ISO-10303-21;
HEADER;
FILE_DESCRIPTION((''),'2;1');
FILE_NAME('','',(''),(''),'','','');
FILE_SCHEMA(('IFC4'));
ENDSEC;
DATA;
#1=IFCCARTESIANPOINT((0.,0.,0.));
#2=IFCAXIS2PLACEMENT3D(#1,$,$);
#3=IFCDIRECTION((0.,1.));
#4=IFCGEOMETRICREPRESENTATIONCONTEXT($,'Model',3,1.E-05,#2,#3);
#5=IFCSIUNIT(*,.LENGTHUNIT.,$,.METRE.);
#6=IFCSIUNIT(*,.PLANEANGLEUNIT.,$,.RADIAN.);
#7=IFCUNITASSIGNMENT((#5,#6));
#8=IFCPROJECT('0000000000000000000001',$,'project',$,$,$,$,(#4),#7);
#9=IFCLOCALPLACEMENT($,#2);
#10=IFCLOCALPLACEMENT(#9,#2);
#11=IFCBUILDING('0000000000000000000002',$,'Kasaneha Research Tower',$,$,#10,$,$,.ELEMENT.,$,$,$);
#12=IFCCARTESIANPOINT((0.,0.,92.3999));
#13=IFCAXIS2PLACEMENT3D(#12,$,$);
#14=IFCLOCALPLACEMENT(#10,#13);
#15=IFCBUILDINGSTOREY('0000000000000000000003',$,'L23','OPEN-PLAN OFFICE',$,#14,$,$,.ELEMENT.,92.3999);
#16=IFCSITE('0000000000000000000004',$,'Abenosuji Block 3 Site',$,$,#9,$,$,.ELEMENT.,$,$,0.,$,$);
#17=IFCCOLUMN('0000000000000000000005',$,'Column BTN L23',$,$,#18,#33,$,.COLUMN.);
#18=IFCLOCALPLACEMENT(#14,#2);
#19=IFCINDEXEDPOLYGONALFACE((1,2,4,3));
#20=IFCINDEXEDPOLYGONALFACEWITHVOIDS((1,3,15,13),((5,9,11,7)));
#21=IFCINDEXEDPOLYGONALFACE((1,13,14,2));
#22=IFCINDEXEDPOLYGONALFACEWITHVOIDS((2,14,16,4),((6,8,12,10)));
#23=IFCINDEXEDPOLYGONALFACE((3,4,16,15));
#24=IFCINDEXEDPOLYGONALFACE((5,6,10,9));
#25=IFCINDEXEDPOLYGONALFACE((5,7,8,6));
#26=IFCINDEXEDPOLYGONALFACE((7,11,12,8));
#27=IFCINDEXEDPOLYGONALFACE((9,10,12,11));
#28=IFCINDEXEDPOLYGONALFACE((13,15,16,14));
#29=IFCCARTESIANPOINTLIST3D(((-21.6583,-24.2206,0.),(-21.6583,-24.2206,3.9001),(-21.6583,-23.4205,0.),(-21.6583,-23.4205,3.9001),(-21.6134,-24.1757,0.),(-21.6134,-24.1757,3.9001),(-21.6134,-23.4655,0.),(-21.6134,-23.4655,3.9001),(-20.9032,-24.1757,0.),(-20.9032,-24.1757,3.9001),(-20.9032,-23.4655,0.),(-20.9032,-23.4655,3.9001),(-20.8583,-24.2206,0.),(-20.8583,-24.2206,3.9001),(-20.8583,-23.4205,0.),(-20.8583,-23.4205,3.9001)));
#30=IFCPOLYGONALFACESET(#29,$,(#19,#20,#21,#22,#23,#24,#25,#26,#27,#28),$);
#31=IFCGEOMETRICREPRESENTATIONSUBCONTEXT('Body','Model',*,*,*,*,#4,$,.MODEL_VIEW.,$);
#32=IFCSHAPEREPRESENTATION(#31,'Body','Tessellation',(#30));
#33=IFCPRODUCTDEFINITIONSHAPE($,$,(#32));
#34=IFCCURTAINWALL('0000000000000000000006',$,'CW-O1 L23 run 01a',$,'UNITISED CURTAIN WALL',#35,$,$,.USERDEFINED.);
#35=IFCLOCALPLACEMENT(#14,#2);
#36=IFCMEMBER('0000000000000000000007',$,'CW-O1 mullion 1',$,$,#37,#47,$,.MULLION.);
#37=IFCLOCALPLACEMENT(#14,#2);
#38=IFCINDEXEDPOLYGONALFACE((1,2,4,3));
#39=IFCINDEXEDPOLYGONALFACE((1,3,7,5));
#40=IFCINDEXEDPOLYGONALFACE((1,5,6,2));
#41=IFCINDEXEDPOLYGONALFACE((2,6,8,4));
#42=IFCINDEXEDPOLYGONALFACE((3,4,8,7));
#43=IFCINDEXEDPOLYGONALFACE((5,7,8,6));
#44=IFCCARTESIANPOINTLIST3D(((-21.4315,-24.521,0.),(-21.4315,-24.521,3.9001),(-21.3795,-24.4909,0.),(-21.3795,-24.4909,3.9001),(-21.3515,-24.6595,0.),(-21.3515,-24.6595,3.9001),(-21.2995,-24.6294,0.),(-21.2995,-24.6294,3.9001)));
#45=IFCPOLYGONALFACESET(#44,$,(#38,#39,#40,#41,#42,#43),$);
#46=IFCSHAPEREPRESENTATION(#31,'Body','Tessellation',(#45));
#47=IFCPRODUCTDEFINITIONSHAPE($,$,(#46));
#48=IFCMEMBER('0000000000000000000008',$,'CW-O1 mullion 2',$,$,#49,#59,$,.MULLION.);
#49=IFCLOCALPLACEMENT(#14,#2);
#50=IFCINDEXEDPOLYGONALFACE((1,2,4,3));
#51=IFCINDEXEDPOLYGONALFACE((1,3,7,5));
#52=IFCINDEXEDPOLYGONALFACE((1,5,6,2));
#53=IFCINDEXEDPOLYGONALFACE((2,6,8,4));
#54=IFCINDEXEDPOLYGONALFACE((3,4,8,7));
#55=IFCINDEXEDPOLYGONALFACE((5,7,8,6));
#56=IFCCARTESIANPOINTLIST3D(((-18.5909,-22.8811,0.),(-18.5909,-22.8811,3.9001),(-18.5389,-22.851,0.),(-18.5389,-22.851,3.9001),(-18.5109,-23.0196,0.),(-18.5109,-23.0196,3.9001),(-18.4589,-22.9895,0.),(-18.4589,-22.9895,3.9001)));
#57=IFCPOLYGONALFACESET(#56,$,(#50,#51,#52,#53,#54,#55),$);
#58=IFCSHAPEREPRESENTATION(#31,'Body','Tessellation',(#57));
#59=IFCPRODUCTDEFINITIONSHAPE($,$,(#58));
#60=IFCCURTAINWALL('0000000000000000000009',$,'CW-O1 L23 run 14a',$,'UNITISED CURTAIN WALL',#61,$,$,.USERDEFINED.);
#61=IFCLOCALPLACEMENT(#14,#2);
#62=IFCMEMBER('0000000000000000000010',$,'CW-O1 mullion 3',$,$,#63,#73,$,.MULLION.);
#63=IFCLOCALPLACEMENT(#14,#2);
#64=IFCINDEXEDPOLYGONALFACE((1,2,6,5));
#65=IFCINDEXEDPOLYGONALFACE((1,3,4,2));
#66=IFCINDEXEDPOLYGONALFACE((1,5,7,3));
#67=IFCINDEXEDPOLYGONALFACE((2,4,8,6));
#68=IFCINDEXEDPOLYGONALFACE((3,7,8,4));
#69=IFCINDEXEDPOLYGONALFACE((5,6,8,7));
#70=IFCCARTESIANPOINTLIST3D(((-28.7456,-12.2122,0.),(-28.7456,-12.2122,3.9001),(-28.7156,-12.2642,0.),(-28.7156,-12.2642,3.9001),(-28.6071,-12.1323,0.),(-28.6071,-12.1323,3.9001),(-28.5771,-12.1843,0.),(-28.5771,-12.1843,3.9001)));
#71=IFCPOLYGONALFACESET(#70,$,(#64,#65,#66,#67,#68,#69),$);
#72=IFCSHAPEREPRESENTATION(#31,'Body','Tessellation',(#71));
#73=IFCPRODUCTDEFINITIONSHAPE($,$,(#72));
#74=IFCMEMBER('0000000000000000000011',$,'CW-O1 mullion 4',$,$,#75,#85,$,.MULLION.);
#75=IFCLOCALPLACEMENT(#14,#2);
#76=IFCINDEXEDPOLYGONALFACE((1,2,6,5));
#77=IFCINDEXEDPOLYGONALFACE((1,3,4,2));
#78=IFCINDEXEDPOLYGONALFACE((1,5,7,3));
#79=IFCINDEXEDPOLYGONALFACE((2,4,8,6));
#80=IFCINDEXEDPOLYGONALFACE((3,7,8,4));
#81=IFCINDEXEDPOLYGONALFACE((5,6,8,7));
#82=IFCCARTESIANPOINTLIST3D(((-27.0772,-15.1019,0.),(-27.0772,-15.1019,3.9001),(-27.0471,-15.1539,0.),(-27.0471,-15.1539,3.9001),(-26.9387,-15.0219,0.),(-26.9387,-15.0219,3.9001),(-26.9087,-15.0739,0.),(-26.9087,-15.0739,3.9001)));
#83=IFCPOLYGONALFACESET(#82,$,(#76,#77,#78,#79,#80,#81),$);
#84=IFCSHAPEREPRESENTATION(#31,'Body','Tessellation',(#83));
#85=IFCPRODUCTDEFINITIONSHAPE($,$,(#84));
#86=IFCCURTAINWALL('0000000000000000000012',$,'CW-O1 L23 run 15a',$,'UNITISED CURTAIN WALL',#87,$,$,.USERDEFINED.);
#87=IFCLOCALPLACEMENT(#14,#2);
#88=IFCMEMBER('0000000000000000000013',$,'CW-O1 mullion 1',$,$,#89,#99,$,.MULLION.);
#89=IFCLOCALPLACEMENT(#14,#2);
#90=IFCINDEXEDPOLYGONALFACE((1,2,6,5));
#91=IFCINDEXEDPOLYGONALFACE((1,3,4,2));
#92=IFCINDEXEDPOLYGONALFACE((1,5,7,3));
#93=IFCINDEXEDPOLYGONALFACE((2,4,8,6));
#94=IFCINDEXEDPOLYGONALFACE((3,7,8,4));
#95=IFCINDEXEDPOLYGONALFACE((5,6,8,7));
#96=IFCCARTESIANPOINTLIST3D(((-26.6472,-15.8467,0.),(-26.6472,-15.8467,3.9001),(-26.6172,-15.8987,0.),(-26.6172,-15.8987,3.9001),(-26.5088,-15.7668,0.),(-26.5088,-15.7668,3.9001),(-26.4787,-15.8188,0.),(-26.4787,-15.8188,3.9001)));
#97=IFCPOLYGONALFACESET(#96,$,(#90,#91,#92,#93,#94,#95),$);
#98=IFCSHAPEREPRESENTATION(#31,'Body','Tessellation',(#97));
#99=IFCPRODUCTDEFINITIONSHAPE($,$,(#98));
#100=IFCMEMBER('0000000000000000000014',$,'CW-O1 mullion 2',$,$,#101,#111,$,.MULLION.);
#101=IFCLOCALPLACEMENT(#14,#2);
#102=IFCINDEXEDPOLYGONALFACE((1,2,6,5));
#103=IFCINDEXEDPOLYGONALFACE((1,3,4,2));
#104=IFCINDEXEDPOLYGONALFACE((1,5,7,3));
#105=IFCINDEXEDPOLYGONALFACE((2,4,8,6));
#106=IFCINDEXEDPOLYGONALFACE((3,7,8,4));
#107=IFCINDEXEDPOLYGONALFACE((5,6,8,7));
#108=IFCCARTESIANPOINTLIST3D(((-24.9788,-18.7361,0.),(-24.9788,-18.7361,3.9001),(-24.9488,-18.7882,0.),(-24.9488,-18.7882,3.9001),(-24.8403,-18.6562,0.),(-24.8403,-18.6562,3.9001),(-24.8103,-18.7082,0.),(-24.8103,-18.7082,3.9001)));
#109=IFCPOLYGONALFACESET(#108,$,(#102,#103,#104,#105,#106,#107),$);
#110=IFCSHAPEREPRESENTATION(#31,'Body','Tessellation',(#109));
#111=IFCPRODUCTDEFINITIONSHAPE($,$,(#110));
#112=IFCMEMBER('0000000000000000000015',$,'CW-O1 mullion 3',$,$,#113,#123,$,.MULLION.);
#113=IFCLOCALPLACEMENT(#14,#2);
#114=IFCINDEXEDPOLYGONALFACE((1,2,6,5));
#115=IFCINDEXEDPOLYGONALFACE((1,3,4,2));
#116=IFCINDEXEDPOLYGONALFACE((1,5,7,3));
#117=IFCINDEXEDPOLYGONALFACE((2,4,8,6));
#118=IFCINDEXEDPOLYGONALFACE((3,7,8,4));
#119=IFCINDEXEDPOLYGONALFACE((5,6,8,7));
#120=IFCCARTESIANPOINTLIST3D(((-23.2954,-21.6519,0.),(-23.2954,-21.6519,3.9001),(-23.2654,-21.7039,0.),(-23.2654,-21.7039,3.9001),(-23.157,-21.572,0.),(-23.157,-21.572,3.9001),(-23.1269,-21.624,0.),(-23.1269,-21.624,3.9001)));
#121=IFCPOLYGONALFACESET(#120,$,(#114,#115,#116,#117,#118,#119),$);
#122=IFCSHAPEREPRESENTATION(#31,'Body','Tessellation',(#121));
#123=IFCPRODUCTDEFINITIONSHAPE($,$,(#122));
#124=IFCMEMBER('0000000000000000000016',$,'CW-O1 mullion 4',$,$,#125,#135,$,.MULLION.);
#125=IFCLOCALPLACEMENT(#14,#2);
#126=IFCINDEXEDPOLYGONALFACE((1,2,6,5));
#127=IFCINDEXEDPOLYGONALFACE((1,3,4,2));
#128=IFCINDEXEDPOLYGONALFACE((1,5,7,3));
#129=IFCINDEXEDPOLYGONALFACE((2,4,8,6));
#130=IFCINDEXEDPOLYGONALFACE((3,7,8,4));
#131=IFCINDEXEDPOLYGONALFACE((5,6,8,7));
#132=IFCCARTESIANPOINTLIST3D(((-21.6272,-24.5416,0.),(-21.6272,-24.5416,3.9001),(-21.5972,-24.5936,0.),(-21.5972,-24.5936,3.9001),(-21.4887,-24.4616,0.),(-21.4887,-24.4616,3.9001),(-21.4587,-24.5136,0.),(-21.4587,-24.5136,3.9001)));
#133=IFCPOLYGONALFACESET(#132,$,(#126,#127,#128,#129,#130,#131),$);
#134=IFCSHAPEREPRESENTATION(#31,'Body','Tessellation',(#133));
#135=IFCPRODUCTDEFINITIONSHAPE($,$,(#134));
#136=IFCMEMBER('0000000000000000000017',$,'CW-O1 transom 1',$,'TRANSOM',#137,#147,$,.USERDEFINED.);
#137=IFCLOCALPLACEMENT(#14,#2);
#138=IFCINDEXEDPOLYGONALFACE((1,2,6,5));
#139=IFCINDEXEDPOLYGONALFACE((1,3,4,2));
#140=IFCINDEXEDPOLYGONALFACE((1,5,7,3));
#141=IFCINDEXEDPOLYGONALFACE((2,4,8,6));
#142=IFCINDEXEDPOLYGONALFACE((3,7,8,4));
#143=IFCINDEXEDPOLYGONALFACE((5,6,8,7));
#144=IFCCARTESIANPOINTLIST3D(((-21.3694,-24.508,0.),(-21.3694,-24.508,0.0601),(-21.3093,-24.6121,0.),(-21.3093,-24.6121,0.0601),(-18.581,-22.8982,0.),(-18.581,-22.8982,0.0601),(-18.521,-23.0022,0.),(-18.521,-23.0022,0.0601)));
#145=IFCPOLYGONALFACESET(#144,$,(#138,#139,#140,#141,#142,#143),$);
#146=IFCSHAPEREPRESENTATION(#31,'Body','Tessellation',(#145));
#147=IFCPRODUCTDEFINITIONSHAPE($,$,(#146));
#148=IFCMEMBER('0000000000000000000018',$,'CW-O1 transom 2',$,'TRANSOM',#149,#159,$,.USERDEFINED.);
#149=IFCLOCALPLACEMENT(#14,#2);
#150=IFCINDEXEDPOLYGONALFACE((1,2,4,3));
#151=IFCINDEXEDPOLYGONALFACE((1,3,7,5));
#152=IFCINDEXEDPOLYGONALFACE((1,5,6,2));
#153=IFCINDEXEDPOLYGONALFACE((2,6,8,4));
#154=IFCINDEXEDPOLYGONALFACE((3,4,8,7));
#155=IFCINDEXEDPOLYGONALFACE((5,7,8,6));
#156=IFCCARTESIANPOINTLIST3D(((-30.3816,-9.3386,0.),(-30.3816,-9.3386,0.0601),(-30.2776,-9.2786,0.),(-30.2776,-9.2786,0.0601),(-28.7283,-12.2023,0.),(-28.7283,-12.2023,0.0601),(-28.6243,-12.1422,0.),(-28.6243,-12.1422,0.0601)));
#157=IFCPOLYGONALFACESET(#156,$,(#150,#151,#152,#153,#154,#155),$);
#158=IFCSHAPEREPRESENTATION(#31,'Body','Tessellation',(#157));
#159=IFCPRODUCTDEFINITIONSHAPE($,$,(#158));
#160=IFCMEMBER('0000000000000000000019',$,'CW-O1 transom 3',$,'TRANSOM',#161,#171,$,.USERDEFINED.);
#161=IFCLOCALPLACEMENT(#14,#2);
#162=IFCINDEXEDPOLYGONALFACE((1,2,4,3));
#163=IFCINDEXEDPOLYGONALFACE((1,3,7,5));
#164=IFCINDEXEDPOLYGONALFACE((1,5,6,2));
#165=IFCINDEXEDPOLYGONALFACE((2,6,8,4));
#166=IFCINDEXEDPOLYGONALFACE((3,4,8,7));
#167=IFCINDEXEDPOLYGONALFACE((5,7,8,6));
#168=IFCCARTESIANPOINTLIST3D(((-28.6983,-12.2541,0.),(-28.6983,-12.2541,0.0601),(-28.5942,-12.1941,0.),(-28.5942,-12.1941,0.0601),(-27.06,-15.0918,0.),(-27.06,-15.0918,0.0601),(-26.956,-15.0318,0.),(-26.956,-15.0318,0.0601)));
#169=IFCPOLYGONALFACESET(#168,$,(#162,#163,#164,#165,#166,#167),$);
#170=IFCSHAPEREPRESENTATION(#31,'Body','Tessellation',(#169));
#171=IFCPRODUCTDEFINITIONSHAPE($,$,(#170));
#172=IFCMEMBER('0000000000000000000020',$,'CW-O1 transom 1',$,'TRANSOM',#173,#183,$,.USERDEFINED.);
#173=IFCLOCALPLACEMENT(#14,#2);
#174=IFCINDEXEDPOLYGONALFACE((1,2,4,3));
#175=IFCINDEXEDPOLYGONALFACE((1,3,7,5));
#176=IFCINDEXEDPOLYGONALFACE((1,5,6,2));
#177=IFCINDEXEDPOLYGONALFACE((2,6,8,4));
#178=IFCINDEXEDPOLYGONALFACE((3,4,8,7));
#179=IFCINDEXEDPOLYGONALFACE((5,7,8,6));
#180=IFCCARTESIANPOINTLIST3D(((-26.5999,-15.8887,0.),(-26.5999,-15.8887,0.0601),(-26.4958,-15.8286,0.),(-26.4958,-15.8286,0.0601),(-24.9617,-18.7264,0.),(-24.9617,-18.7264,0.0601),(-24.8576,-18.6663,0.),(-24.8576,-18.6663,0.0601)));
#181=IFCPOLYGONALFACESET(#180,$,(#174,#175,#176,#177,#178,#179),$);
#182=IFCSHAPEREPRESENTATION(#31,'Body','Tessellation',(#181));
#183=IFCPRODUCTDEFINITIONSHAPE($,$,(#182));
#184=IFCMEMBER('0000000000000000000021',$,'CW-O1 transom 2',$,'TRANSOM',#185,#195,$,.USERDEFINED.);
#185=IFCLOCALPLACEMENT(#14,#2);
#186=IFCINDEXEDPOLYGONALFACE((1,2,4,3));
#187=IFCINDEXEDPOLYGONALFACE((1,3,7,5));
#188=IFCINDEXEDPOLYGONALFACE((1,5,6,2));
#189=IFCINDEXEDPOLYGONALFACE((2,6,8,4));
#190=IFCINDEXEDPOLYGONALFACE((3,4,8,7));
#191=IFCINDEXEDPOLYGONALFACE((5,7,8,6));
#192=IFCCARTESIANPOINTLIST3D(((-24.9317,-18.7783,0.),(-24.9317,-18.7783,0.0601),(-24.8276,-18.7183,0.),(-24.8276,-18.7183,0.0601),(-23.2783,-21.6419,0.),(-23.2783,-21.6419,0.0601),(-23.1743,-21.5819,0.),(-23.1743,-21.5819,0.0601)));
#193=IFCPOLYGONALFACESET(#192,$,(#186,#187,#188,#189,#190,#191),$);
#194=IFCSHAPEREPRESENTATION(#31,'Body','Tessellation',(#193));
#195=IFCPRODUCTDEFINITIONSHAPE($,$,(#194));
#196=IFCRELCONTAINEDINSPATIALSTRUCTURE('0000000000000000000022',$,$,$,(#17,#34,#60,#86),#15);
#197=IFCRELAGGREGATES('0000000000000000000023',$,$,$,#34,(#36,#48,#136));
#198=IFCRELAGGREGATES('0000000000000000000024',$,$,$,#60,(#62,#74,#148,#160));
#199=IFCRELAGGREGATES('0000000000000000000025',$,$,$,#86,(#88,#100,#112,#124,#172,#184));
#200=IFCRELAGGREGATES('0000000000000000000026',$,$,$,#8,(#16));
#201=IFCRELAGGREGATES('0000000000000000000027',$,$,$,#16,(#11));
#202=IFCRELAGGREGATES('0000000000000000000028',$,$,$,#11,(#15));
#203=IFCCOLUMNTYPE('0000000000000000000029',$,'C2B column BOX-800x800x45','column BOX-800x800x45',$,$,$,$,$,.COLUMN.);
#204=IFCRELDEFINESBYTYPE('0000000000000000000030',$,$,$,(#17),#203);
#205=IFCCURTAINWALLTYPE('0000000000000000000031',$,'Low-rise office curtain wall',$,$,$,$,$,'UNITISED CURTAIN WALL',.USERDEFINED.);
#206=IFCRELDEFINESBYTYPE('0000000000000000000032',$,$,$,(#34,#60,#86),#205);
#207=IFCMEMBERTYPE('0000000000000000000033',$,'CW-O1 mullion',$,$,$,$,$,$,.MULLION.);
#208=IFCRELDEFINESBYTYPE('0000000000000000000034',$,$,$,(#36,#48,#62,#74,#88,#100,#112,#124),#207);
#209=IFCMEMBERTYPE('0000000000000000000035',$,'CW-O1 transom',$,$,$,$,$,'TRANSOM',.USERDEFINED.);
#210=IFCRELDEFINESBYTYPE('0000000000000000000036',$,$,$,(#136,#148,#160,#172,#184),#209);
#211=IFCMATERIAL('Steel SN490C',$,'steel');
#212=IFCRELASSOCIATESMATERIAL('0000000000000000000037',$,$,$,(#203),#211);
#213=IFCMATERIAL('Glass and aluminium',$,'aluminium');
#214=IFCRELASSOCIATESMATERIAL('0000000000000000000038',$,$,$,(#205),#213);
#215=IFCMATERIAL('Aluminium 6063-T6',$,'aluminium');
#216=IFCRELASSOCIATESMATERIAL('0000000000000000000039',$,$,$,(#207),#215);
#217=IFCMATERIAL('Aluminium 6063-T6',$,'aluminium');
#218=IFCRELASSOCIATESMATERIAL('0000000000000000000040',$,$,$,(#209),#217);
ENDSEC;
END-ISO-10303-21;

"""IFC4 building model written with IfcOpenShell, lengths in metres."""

from ifc_helpers import new_model, si_unit, direction, frame, origin, origin_2d, place, context, subcontext, project, spatial, rectangle, hollow_rectangle, extrude, material, material_profile, profile_set, type_object, element, aggregate, save


model = new_model("IFC4")

# Units and contexts
model_context = context("Model", 3, precision=1e-05, world=origin(), true_north=direction((0.0, 1.0)))
body_context = subcontext(model_context, "Body", "Model", "MODEL_VIEW")
ifc_project = project(units=[si_unit("LENGTHUNIT", "METRE"), si_unit("PLANEANGLEUNIT", "RADIAN")], contexts=[model_context])

# Site, building, storey
site_placement = place(None, origin())
site = spatial("IfcSite", under=ifc_project, at=site_placement, Name="Abenosuji Block 3 Site", CompositionType="ELEMENT", RefElevation=0.0)
building_placement = place(site_placement, origin())
building = spatial("IfcBuilding", under=site, at=building_placement, Name="Kasaneha Research Tower", CompositionType="ELEMENT")
storey_placement = place(building_placement, frame((0.0, 0.0, 92.3999)))
storey = spatial("IfcBuildingStorey", under=building, at=storey_placement, Name="L23", Description="OPEN-PLAN OFFICE", CompositionType="ELEMENT", Elevation=92.3999)

# Column
ifc_material_1 = material(Name="Steel SN490C", Category="steel")
ifc_material_profile_1 = material_profile(ifc_material_1, hollow_rectangle(XDim=0.8, YDim=0.8, WallThickness=0.0449, at=origin_2d()), Name="BOX-800x800x45")
ifc_profile_set_1 = profile_set([ifc_material_profile_1], Name="Steel SN490C")
column_type = type_object("IfcColumnType", Name="C2B column BOX-800x800x45", Description="column BOX-800x800x45", PredefinedType="COLUMN", material=ifc_profile_set_1)
column_placement = place(storey_placement, frame((-21.2583, -23.8206, 0.0), z_axis=(0.0, 0.0, 1.0), x_axis=(1.0, 0.0, 0.0)))
element("IfcColumn", 1, at=column_placement, inside=storey, type_object=column_type, Name="Column BTN L23", PredefinedType="COLUMN", context=body_context, shape_type="SweptSolid", body=[
    extrude(hollow_rectangle(XDim=0.8, YDim=0.8, WallThickness=0.0449, at=origin_2d()), origin(), (0.0, 0.0, 1.0), 3.9001),
])

# Curtain walls, members
ifc_material_2 = material(Name="Glass and aluminium", Category="aluminium")
curtain_wall_type = type_object("IfcCurtainWallType", Name="Low-rise office curtain wall", ElementType="UNITISED CURTAIN WALL", PredefinedType="USERDEFINED", material=ifc_material_2)
curtain_wall_1_placement = place(storey_placement, origin())
curtain_wall_1 = element("IfcCurtainWall", 2, at=curtain_wall_1_placement, inside=storey, type_object=curtain_wall_type, Name="CW-O1 L23 run 01a", ObjectType="UNITISED CURTAIN WALL", PredefinedType="USERDEFINED")
ifc_material_3 = material(Name="Aluminium 6063-T6", Category="aluminium")
ifc_material_profile_2 = material_profile(ifc_material_3, rectangle(XDim=0.0601, YDim=0.1599, at=origin_2d()), Name="CW-O1 mullion 60x160")
ifc_profile_set_2 = profile_set([ifc_material_profile_2], Name="Aluminium 6063-T6")
member_type_1 = type_object("IfcMemberType", Name="CW-O1 mullion", PredefinedType="MULLION", material=ifc_profile_set_2)
member_1_placement = place(storey_placement, frame((-21.3655, -24.5752, 0.0), z_axis=(0.0, 0.0, 1.0), x_axis=(0.866025, 0.5, 0.0)))
member_1 = element("IfcMember", 3, at=member_1_placement, type_object=member_type_1, Name="CW-O1 mullion 1", PredefinedType="MULLION", context=body_context, shape_type="SweptSolid", body=[
    extrude(rectangle(XDim=0.0601, YDim=0.1599, at=origin_2d()), origin(), (0.0, 0.0, 1.0), 3.9001),
])
member_2_placement = place(storey_placement, frame((-18.5249, -22.9353, 0.0), z_axis=(0.0, 0.0, 1.0), x_axis=(0.866025, 0.5, 0.0)))
member_2 = element("IfcMember", 4, at=member_2_placement, type_object=member_type_1, Name="CW-O1 mullion 2", PredefinedType="MULLION", context=body_context, shape_type="SweptSolid", body=[
    extrude(rectangle(XDim=0.0601, YDim=0.1599, at=origin_2d()), origin(), (0.0, 0.0, 1.0), 3.9001),
])
curtain_wall_2_placement = place(storey_placement, origin())
curtain_wall_2 = element("IfcCurtainWall", 5, at=curtain_wall_2_placement, inside=storey, type_object=curtain_wall_type, Name="CW-O1 L23 run 14a", ObjectType="UNITISED CURTAIN WALL", PredefinedType="USERDEFINED")
member_3_placement = place(storey_placement, frame((-28.6614, -12.1982, 0.0), z_axis=(0.0, 0.0, 1.0), x_axis=(0.5, -0.866025, 0.0)))
member_3 = element("IfcMember", 6, at=member_3_placement, type_object=member_type_1, Name="CW-O1 mullion 3", PredefinedType="MULLION", context=body_context, shape_type="SweptSolid", body=[
    extrude(rectangle(XDim=0.0601, YDim=0.1599, at=origin_2d()), origin(), (0.0, 0.0, 1.0), 3.9001),
])
member_4_placement = place(storey_placement, frame((-26.9929, -15.0879, 0.0), z_axis=(0.0, 0.0, 1.0), x_axis=(0.5, -0.866025, 0.0)))
member_4 = element("IfcMember", 7, at=member_4_placement, type_object=member_type_1, Name="CW-O1 mullion 4", PredefinedType="MULLION", context=body_context, shape_type="SweptSolid", body=[
    extrude(rectangle(XDim=0.0601, YDim=0.1599, at=origin_2d()), origin(), (0.0, 0.0, 1.0), 3.9001),
])
curtain_wall_3_placement = place(storey_placement, origin())
curtain_wall_3 = element("IfcCurtainWall", 8, at=curtain_wall_3_placement, inside=storey, type_object=curtain_wall_type, Name="CW-O1 L23 run 15a", ObjectType="UNITISED CURTAIN WALL", PredefinedType="USERDEFINED")
member_5_placement = place(storey_placement, frame((-26.563, -15.8328, 0.0), z_axis=(0.0, 0.0, 1.0), x_axis=(0.5, -0.866025, 0.0)))
member_5 = element("IfcMember", 9, at=member_5_placement, type_object=member_type_1, Name="CW-O1 mullion 1", PredefinedType="MULLION", context=body_context, shape_type="SweptSolid", body=[
    extrude(rectangle(XDim=0.0601, YDim=0.1599, at=origin_2d()), origin(), (0.0, 0.0, 1.0), 3.9001),
])
member_6_placement = place(storey_placement, frame((-24.8945, -18.7222, 0.0), z_axis=(0.0, 0.0, 1.0), x_axis=(0.5, -0.866025, 0.0)))
member_6 = element("IfcMember", 10, at=member_6_placement, type_object=member_type_1, Name="CW-O1 mullion 2", PredefinedType="MULLION", context=body_context, shape_type="SweptSolid", body=[
    extrude(rectangle(XDim=0.0601, YDim=0.1599, at=origin_2d()), origin(), (0.0, 0.0, 1.0), 3.9001),
])
member_7_placement = place(storey_placement, frame((-23.2112, -21.6379, 0.0), z_axis=(0.0, 0.0, 1.0), x_axis=(0.5, -0.866025, 0.0)))
member_7 = element("IfcMember", 11, at=member_7_placement, type_object=member_type_1, Name="CW-O1 mullion 3", PredefinedType="MULLION", context=body_context, shape_type="SweptSolid", body=[
    extrude(rectangle(XDim=0.0601, YDim=0.1599, at=origin_2d()), origin(), (0.0, 0.0, 1.0), 3.9001),
])
member_8_placement = place(storey_placement, frame((-21.543, -24.5276, 0.0), z_axis=(0.0, 0.0, 1.0), x_axis=(0.5, -0.866025, 0.0)))
member_8 = element("IfcMember", 12, at=member_8_placement, type_object=member_type_1, Name="CW-O1 mullion 4", PredefinedType="MULLION", context=body_context, shape_type="SweptSolid", body=[
    extrude(rectangle(XDim=0.0601, YDim=0.1599, at=origin_2d()), origin(), (0.0, 0.0, 1.0), 3.9001),
])

# Members
ifc_material_4 = material(Name="Aluminium 6063-T6", Category="aluminium")
ifc_material_profile_3 = material_profile(ifc_material_4, rectangle(XDim=0.1201, YDim=0.0601, at=origin_2d()), Name="CW-O1 transom 120x60")
ifc_profile_set_3 = profile_set([ifc_material_profile_3], Name="Aluminium 6063-T6")
member_type_2 = type_object("IfcMemberType", Name="CW-O1 transom", ElementType="TRANSOM", PredefinedType="USERDEFINED", material=ifc_profile_set_3)
member_9_placement = place(storey_placement, frame((-21.3394, -24.5601, 0.03), z_axis=(0.866023, 0.500005, 0.0), x_axis=(-0.500005, 0.866023, 0.0)))
member_9 = element("IfcMember", 13, at=member_9_placement, type_object=member_type_2, Name="CW-O1 transom 1", ObjectType="TRANSOM", PredefinedType="USERDEFINED", context=body_context, shape_type="SweptSolid", body=[
    extrude(rectangle(XDim=0.1201, YDim=0.0601, at=origin_2d()), origin(), (0.0, 0.0, 1.0), 3.2197),
])
member_10_placement = place(storey_placement, frame((-30.3296, -9.3086, 0.03), z_axis=(0.499982, -0.866036, 0.0), x_axis=(0.866036, 0.499982, 0.0)))
member_10 = element("IfcMember", 14, at=member_10_placement, type_object=member_type_2, Name="CW-O1 transom 2", ObjectType="TRANSOM", PredefinedType="USERDEFINED", context=body_context, shape_type="SweptSolid", body=[
    extrude(rectangle(XDim=0.1201, YDim=0.0601, at=origin_2d()), origin(), (0.0, 0.0, 1.0), 3.3066),
])
member_11_placement = place(storey_placement, frame((-28.6462, -12.2241, 0.03), z_axis=(0.49997, -0.866043, 0.0), x_axis=(0.866043, 0.49997, 0.0)))
member_11 = element("IfcMember", 15, at=member_11_placement, type_object=member_type_2, Name="CW-O1 transom 3", ObjectType="TRANSOM", PredefinedType="USERDEFINED", context=body_context, shape_type="SweptSolid", body=[
    extrude(rectangle(XDim=0.1201, YDim=0.0601, at=origin_2d()), origin(), (0.0, 0.0, 1.0), 3.2766),
])
member_12_placement = place(storey_placement, frame((-26.5479, -15.8586, 0.03), z_axis=(0.49997, -0.866043, 0.0), x_axis=(0.866043, 0.49997, 0.0)))
member_12 = element("IfcMember", 16, at=member_12_placement, type_object=member_type_2, Name="CW-O1 transom 1", ObjectType="TRANSOM", PredefinedType="USERDEFINED", context=body_context, shape_type="SweptSolid", body=[
    extrude(rectangle(XDim=0.1201, YDim=0.0601, at=origin_2d()), origin(), (0.0, 0.0, 1.0), 3.2766),
])
member_13_placement = place(storey_placement, frame((-24.8796, -18.7483, 0.03), z_axis=(0.500014, -0.866017, 0.0), x_axis=(0.866017, 0.500014, 0.0)))
member_13 = element("IfcMember", 17, at=member_13_placement, type_object=member_type_2, Name="CW-O1 transom 2", ObjectType="TRANSOM", PredefinedType="USERDEFINED", context=body_context, shape_type="SweptSolid", body=[
    extrude(rectangle(XDim=0.1201, YDim=0.0601, at=origin_2d()), origin(), (0.0, 0.0, 1.0), 3.3066),
])

aggregate(curtain_wall_1, [member_1, member_2, member_9])
aggregate(curtain_wall_2, [member_3, member_4, member_10, member_11])
aggregate(curtain_wall_3, [member_5, member_6, member_7, member_8, member_12, member_13])

save(model, "model.ifc")
